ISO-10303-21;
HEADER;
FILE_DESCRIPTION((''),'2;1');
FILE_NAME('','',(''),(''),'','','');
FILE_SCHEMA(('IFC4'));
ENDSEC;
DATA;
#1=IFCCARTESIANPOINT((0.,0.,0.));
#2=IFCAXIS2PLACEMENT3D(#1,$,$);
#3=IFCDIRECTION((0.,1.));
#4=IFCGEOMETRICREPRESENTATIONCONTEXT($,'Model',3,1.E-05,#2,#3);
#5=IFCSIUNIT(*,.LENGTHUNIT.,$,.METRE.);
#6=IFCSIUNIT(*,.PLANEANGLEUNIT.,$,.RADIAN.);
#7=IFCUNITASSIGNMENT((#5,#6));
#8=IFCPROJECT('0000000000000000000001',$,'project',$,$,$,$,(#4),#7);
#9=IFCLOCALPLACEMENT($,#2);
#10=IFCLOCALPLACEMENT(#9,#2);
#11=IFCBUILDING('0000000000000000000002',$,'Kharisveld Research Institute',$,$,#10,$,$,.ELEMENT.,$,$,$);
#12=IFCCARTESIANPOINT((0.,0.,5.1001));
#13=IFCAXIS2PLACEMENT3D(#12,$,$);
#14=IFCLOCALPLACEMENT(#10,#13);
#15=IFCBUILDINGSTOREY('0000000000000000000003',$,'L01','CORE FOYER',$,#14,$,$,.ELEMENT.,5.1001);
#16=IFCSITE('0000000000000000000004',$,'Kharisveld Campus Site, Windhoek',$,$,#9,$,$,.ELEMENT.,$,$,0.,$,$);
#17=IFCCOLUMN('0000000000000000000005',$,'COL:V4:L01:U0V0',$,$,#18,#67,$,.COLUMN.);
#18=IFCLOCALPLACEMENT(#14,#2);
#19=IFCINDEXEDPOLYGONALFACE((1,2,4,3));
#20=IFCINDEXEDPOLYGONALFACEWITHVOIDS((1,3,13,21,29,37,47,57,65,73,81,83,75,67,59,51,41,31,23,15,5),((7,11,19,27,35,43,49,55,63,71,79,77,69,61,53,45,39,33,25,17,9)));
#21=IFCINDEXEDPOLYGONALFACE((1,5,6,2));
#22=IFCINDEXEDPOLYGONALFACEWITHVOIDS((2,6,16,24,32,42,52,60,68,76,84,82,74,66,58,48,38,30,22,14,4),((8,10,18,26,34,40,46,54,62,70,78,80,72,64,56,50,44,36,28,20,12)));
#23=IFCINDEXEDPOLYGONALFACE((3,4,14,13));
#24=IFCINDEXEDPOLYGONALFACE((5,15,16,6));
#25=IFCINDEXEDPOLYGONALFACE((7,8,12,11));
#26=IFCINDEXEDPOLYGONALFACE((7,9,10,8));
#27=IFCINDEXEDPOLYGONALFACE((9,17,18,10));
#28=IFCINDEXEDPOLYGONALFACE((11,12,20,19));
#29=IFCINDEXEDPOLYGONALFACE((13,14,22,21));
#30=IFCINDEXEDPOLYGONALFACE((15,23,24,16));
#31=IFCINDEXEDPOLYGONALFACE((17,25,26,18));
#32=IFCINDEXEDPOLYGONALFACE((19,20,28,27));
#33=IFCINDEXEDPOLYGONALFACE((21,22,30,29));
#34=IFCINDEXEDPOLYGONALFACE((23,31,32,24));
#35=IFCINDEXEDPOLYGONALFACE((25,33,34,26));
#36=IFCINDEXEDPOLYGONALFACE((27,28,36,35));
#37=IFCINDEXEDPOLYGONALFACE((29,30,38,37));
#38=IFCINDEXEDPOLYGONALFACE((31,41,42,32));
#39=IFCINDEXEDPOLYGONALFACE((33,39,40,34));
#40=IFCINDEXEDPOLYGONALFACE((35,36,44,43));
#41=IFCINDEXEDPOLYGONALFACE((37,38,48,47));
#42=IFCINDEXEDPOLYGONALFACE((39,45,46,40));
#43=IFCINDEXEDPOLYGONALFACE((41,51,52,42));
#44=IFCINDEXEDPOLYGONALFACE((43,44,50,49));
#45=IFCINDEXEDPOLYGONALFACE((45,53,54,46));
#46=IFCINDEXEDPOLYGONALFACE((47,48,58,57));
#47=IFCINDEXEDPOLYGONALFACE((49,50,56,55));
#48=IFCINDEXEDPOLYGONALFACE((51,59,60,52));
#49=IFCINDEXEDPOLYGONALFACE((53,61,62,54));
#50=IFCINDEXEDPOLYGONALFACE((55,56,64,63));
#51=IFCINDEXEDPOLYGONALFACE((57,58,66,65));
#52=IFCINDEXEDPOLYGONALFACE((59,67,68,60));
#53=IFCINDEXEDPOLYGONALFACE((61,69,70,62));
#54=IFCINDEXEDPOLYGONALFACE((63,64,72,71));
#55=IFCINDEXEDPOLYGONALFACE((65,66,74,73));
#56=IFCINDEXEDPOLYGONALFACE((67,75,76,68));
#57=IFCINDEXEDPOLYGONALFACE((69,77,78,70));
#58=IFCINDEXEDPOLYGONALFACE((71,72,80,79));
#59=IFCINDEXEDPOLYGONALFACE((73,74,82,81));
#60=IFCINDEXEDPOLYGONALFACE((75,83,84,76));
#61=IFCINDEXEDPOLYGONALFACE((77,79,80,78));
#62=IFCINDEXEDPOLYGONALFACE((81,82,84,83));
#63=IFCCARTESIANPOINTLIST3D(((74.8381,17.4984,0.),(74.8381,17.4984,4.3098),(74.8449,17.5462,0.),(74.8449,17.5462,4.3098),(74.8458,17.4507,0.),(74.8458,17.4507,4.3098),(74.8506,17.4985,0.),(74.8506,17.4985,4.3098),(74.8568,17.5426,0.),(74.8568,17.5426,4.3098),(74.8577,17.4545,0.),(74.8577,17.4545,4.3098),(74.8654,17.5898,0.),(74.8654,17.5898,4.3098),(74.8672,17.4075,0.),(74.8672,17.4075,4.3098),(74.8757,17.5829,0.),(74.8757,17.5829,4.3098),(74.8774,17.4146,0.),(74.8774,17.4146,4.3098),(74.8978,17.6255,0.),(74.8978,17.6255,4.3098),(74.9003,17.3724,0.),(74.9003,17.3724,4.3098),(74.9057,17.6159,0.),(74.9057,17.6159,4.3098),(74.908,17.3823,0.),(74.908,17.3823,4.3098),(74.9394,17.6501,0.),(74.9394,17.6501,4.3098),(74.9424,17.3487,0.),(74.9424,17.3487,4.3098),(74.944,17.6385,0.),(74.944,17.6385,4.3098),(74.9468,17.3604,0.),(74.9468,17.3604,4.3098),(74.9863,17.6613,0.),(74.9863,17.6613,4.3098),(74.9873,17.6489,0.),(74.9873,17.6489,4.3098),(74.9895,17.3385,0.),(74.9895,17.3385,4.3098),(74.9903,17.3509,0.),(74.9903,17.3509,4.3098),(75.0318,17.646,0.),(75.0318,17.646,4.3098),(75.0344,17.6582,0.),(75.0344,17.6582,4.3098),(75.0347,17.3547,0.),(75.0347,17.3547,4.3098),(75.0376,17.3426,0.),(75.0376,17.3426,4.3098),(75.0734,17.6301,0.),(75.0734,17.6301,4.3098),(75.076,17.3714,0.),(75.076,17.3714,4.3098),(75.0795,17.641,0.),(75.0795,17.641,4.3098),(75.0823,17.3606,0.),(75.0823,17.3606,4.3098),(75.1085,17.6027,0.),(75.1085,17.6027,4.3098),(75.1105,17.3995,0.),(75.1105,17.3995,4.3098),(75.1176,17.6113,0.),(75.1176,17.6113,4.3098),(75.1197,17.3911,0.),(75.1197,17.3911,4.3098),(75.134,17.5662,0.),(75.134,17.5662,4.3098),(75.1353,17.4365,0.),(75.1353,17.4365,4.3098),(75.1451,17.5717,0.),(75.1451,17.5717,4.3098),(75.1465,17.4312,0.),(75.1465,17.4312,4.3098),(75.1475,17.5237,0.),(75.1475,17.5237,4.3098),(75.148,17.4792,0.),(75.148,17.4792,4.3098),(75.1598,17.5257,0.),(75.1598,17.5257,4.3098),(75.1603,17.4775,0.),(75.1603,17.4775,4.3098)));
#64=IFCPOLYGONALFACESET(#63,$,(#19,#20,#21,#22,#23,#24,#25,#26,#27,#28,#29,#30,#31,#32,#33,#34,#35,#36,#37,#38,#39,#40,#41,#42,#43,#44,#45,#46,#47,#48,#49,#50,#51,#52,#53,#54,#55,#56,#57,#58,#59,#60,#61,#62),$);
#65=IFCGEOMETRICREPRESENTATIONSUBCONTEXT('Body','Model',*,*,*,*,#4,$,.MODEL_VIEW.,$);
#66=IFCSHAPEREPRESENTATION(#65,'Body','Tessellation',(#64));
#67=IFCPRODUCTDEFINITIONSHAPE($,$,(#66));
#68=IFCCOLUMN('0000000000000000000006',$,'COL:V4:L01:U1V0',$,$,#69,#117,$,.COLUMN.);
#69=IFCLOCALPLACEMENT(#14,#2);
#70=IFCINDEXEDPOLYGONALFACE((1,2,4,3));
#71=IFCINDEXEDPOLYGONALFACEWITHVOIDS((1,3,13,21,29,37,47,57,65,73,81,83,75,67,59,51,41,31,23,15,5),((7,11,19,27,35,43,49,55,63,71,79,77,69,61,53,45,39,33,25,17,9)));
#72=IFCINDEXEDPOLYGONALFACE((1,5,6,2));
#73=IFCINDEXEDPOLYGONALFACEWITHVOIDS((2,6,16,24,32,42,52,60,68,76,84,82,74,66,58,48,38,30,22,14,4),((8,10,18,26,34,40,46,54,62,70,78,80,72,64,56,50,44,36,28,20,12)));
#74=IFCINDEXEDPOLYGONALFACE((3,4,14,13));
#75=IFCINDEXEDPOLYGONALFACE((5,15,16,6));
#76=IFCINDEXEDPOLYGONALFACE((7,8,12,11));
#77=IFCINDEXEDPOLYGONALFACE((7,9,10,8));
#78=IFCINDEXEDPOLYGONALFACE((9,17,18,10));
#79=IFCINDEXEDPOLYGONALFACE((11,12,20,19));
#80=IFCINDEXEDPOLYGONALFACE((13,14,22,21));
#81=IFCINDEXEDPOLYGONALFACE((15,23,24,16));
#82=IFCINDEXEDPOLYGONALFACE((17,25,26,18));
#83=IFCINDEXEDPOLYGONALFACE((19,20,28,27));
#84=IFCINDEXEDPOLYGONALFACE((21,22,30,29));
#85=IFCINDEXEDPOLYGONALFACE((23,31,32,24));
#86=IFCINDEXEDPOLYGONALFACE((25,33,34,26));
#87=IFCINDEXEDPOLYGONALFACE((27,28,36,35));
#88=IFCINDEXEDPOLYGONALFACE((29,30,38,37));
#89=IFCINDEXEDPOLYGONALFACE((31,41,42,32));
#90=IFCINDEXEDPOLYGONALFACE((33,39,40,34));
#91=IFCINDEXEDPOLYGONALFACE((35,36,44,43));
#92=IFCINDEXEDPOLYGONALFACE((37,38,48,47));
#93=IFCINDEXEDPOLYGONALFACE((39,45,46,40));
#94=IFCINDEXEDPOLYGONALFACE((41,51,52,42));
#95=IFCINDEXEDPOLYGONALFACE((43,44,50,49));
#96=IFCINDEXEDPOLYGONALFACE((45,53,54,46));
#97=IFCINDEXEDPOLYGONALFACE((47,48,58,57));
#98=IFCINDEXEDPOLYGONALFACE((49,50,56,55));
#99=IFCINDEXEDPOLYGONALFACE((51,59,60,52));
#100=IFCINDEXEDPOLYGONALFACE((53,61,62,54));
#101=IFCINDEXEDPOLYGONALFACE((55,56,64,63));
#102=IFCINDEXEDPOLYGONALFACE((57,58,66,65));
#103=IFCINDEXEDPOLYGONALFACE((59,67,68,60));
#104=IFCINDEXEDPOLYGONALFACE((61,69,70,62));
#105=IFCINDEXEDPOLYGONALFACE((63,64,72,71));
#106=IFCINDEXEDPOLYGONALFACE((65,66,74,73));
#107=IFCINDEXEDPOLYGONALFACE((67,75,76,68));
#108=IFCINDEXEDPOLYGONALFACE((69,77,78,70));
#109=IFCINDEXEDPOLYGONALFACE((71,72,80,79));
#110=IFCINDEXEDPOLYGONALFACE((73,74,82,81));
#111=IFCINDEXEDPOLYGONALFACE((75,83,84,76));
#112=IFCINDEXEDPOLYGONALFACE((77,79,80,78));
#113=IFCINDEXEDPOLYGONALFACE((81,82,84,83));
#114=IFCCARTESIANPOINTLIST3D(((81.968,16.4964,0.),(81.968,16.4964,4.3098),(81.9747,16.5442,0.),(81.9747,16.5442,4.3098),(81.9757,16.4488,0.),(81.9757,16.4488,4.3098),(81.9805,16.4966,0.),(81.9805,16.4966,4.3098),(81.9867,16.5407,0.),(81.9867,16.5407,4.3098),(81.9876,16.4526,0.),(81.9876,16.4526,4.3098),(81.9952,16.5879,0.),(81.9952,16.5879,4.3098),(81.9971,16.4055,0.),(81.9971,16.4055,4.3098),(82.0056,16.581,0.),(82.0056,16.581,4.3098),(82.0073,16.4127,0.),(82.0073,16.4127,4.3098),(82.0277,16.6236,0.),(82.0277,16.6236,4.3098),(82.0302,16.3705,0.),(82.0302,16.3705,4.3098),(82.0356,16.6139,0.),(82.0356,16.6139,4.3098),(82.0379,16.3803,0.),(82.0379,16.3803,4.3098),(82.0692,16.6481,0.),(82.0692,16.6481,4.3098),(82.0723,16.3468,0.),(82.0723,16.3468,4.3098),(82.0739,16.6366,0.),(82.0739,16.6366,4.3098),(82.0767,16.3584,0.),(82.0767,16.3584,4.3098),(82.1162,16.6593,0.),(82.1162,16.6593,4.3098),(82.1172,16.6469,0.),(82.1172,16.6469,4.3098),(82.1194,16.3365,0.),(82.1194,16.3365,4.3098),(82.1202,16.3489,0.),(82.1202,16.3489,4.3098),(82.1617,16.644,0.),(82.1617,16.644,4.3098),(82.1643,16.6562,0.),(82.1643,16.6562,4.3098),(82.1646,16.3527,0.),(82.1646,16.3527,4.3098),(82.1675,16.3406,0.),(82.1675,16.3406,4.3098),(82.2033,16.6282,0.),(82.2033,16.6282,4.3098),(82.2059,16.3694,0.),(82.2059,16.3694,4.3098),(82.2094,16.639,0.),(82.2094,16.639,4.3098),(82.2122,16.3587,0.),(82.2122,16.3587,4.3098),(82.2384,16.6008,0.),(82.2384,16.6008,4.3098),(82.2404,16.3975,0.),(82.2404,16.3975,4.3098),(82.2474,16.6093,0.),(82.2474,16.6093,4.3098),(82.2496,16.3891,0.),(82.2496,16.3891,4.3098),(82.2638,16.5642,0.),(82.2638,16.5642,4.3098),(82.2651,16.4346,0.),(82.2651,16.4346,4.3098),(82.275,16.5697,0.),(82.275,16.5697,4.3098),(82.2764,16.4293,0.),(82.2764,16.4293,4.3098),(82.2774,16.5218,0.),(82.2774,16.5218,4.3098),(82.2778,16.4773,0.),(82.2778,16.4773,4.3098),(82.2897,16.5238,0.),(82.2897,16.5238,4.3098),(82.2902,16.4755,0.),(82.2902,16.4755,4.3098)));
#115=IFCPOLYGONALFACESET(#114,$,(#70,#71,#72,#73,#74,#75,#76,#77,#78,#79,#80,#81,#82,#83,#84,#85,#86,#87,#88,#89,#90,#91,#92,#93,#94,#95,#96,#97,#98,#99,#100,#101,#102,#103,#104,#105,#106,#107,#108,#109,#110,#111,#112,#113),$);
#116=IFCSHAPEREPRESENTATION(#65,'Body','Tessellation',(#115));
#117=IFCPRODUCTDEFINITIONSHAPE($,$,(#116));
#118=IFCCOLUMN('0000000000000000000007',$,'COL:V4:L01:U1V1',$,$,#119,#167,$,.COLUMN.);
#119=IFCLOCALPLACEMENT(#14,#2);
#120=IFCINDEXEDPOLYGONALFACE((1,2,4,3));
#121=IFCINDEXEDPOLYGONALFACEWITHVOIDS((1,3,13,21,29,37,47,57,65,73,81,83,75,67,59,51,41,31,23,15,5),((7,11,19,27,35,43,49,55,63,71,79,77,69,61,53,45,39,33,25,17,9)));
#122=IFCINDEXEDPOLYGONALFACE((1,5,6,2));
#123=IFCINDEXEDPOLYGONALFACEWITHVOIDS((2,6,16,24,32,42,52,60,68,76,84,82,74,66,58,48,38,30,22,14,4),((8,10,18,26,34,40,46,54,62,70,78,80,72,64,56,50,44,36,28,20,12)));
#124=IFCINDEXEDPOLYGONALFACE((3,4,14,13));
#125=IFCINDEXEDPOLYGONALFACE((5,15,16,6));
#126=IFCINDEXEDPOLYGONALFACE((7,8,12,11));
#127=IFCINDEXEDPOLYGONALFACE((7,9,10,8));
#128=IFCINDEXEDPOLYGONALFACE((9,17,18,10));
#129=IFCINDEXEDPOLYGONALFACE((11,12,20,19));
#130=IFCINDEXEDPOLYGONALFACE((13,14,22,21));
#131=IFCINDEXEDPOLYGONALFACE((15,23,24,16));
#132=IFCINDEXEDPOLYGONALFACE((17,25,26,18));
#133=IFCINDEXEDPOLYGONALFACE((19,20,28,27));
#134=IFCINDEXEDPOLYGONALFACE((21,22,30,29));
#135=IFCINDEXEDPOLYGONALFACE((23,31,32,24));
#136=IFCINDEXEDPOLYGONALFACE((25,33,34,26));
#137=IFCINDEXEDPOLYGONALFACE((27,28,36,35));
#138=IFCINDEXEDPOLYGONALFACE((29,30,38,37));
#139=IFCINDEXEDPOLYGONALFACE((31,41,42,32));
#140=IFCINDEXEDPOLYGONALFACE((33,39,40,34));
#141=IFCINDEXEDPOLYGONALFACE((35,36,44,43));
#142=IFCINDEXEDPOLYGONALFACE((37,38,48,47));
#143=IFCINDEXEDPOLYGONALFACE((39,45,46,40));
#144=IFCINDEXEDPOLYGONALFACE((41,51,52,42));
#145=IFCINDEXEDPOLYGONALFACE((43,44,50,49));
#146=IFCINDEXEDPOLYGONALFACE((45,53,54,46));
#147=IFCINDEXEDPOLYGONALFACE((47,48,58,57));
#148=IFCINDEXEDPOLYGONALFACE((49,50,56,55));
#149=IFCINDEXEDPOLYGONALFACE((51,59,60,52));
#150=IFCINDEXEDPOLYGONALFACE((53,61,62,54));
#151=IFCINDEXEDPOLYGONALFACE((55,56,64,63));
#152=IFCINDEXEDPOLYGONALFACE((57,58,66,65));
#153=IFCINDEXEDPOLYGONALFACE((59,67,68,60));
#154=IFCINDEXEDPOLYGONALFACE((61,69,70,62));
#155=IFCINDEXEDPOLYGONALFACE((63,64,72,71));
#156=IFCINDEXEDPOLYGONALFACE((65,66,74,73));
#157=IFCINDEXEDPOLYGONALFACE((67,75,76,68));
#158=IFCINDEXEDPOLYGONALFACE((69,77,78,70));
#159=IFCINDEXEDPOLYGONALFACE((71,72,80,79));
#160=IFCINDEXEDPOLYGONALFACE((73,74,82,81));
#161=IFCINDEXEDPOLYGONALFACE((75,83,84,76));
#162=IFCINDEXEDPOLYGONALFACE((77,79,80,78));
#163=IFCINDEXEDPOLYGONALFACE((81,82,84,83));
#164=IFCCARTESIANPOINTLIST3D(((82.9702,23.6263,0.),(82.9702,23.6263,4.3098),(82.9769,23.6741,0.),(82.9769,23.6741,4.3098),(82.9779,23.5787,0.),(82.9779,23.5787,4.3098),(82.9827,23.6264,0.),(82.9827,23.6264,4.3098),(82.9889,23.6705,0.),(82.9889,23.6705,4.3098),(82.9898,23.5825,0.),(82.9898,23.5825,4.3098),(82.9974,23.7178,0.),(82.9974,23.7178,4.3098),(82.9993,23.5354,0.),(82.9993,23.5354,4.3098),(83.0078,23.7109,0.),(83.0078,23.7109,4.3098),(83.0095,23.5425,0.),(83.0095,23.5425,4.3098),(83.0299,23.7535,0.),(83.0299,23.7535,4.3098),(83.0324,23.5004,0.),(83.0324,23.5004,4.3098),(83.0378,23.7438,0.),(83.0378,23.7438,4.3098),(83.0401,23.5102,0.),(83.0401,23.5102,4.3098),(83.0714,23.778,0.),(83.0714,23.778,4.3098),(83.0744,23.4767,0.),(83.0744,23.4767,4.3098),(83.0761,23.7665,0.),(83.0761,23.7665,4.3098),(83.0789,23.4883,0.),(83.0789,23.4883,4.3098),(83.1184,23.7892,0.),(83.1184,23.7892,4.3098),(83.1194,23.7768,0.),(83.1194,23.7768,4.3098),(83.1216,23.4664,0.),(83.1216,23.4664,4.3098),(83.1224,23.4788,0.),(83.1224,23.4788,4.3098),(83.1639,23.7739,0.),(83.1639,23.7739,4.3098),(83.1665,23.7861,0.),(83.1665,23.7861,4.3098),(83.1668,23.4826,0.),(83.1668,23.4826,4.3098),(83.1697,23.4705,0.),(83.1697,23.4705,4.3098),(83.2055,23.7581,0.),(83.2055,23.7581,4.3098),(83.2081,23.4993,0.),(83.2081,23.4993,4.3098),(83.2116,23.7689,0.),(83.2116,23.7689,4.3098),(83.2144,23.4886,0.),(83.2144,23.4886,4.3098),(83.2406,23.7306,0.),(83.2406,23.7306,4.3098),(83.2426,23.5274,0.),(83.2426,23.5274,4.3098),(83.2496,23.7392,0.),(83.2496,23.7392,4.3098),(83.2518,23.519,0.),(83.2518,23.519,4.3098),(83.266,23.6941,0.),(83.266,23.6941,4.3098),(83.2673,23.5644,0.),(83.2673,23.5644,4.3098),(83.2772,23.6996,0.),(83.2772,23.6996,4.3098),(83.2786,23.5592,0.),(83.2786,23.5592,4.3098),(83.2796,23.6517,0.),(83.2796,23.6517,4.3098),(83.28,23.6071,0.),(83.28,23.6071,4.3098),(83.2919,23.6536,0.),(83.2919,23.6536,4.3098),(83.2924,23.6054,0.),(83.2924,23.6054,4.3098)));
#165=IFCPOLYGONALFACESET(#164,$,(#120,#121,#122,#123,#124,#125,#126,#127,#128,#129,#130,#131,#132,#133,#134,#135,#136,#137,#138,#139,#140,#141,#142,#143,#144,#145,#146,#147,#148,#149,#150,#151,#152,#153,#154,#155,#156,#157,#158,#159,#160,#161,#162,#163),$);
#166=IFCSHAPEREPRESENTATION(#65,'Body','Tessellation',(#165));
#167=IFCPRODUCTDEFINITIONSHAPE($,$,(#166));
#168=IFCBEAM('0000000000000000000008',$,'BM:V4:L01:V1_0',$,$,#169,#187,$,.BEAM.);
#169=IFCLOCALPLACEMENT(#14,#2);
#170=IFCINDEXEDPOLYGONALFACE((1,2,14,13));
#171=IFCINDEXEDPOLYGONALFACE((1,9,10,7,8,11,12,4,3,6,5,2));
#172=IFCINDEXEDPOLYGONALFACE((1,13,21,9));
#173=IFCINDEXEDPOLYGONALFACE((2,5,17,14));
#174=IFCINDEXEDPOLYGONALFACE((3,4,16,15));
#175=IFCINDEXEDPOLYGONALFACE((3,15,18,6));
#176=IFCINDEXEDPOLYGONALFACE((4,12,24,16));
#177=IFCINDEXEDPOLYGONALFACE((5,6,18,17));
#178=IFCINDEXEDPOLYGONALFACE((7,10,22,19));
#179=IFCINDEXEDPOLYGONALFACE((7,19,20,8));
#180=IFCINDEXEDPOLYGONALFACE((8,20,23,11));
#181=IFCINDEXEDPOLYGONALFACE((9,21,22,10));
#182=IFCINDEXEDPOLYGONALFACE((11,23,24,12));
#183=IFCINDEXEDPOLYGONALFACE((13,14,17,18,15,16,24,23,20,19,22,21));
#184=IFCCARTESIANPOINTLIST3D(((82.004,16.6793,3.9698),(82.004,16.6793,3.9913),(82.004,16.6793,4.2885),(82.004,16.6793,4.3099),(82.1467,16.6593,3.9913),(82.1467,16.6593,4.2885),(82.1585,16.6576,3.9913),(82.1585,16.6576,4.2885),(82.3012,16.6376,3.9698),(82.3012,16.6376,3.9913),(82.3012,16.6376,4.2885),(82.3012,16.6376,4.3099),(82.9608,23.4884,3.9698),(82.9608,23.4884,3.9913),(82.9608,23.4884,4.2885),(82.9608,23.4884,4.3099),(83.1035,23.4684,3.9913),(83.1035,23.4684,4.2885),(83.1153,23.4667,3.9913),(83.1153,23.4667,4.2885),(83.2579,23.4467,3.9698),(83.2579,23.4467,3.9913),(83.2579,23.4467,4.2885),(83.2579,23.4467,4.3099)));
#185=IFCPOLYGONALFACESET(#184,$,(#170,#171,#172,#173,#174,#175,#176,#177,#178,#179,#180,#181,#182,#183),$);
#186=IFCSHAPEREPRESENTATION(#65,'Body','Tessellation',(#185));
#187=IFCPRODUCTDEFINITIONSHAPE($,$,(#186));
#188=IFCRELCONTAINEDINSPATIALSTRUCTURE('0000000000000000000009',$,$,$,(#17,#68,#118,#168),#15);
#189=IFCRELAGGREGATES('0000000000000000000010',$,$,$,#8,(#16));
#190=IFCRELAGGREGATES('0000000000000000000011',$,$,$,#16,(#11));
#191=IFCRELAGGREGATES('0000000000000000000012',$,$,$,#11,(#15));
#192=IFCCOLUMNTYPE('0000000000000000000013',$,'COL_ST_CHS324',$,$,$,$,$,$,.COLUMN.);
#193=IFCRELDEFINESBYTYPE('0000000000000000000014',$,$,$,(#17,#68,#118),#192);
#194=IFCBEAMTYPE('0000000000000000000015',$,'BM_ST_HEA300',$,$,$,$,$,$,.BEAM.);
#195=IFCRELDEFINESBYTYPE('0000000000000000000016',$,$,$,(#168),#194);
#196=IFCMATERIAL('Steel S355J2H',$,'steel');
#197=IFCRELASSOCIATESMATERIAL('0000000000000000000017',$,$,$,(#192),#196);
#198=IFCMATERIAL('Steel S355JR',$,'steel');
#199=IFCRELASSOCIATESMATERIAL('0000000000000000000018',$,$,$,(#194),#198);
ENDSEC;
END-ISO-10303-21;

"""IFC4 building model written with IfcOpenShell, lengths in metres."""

from ifc_helpers import new_model, si_unit, direction, frame, origin, origin_2d, place, context, subcontext, project, spatial, hollow_circle, i_section, extrude, material, material_profile, profile_set, type_object, element, save


model = new_model("IFC4")

# Units and contexts
model_context = context("Model", 3, precision=1e-05, world=origin(), true_north=direction((0.0, 1.0)))
body_context = subcontext(model_context, "Body", "Model", "MODEL_VIEW")
ifc_project = project(units=[si_unit("LENGTHUNIT", "METRE"), si_unit("PLANEANGLEUNIT", "RADIAN")], contexts=[model_context])

# Site, building, storey
site_placement = place(None, origin())
site = spatial("IfcSite", under=ifc_project, at=site_placement, Name="Kharisveld Campus Site, Windhoek", CompositionType="ELEMENT", RefElevation=0.0)
building_placement = place(site_placement, origin())
building = spatial("IfcBuilding", under=site, at=building_placement, Name="Kharisveld Research Institute", CompositionType="ELEMENT")
storey_placement = place(building_placement, frame((0.0, 0.0, 5.1001)))
storey = spatial("IfcBuildingStorey", under=building, at=storey_placement, Name="L01", Description="CORE FOYER", CompositionType="ELEMENT", Elevation=5.1001)

# Columns
ifc_material_1 = material(Name="Steel S355J2H", Category="steel")
ifc_material_profile_1 = material_profile(ifc_material_1, hollow_circle(Radius=0.1619, WallThickness=0.0125, at=origin_2d()))
ifc_profile_set_1 = profile_set([ifc_material_profile_1], Name="Steel S355J2H")
column_type = type_object("IfcColumnType", Name="COL_ST_CHS324", PredefinedType="COLUMN", material=ifc_profile_set_1)
for number, where, z_axis, x_axis, name in (
    (1, (75.0, 17.5, 0.0), (0.0, 0.0, 1.0), (0.990268, -0.139173, 0.0), "COL:V4:L01:U0V0"),
    (2, (82.1299, 16.498, 0.0), (0.0, 0.0, 1.0), (0.990268, -0.139173, 0.0), "COL:V4:L01:U1V0"),
    (3, (83.1321, 23.6279, 0.0), (0.0, 0.0, 1.0), (0.990268, -0.139173, 0.0), "COL:V4:L01:U1V1"),
):
    element("IfcColumn", number, at=place(storey_placement, frame(where, z_axis=z_axis, x_axis=x_axis)), inside=storey, type_object=column_type, Name=name, PredefinedType="COLUMN", context=body_context, shape_type="SweptSolid", body=[
        extrude(hollow_circle(Radius=0.1619, WallThickness=0.0125, at=origin_2d()), origin(), (0.0, 0.0, 1.0), 4.3098),
    ])

# Beam
ifc_material_2 = material(Name="Steel S355JR", Category="steel")
ifc_material_profile_2 = material_profile(ifc_material_2, i_section(OverallWidth=0.3, OverallDepth=0.3401, WebThickness=0.012, FlangeThickness=0.0215, at=origin_2d()))
ifc_profile_set_2 = profile_set([ifc_material_profile_2], Name="Steel S355JR")
beam_type_1 = type_object("IfcBeamType", Name="BM_ST_HEA300", PredefinedType="BEAM", material=ifc_profile_set_2)
beam_1_placement = place(storey_placement, frame((82.1526, 16.6584, 4.1399), z_axis=(0.139149, 0.990271, 0.0), x_axis=(-0.990271, 0.139149, 0.0)))
element("IfcBeam", 4, at=beam_1_placement, inside=storey, type_object=beam_type_1, Name="BM:V4:L01:V1_0", PredefinedType="BEAM", context=body_context, shape_type="SweptSolid", body=[
    extrude(i_section(OverallWidth=0.3, OverallDepth=0.3401, WebThickness=0.012, FlangeThickness=0.0215, at=origin_2d()), origin(), (0.0, 0.0, 1.0), 6.876),
])

save(model, "model.ifc")
